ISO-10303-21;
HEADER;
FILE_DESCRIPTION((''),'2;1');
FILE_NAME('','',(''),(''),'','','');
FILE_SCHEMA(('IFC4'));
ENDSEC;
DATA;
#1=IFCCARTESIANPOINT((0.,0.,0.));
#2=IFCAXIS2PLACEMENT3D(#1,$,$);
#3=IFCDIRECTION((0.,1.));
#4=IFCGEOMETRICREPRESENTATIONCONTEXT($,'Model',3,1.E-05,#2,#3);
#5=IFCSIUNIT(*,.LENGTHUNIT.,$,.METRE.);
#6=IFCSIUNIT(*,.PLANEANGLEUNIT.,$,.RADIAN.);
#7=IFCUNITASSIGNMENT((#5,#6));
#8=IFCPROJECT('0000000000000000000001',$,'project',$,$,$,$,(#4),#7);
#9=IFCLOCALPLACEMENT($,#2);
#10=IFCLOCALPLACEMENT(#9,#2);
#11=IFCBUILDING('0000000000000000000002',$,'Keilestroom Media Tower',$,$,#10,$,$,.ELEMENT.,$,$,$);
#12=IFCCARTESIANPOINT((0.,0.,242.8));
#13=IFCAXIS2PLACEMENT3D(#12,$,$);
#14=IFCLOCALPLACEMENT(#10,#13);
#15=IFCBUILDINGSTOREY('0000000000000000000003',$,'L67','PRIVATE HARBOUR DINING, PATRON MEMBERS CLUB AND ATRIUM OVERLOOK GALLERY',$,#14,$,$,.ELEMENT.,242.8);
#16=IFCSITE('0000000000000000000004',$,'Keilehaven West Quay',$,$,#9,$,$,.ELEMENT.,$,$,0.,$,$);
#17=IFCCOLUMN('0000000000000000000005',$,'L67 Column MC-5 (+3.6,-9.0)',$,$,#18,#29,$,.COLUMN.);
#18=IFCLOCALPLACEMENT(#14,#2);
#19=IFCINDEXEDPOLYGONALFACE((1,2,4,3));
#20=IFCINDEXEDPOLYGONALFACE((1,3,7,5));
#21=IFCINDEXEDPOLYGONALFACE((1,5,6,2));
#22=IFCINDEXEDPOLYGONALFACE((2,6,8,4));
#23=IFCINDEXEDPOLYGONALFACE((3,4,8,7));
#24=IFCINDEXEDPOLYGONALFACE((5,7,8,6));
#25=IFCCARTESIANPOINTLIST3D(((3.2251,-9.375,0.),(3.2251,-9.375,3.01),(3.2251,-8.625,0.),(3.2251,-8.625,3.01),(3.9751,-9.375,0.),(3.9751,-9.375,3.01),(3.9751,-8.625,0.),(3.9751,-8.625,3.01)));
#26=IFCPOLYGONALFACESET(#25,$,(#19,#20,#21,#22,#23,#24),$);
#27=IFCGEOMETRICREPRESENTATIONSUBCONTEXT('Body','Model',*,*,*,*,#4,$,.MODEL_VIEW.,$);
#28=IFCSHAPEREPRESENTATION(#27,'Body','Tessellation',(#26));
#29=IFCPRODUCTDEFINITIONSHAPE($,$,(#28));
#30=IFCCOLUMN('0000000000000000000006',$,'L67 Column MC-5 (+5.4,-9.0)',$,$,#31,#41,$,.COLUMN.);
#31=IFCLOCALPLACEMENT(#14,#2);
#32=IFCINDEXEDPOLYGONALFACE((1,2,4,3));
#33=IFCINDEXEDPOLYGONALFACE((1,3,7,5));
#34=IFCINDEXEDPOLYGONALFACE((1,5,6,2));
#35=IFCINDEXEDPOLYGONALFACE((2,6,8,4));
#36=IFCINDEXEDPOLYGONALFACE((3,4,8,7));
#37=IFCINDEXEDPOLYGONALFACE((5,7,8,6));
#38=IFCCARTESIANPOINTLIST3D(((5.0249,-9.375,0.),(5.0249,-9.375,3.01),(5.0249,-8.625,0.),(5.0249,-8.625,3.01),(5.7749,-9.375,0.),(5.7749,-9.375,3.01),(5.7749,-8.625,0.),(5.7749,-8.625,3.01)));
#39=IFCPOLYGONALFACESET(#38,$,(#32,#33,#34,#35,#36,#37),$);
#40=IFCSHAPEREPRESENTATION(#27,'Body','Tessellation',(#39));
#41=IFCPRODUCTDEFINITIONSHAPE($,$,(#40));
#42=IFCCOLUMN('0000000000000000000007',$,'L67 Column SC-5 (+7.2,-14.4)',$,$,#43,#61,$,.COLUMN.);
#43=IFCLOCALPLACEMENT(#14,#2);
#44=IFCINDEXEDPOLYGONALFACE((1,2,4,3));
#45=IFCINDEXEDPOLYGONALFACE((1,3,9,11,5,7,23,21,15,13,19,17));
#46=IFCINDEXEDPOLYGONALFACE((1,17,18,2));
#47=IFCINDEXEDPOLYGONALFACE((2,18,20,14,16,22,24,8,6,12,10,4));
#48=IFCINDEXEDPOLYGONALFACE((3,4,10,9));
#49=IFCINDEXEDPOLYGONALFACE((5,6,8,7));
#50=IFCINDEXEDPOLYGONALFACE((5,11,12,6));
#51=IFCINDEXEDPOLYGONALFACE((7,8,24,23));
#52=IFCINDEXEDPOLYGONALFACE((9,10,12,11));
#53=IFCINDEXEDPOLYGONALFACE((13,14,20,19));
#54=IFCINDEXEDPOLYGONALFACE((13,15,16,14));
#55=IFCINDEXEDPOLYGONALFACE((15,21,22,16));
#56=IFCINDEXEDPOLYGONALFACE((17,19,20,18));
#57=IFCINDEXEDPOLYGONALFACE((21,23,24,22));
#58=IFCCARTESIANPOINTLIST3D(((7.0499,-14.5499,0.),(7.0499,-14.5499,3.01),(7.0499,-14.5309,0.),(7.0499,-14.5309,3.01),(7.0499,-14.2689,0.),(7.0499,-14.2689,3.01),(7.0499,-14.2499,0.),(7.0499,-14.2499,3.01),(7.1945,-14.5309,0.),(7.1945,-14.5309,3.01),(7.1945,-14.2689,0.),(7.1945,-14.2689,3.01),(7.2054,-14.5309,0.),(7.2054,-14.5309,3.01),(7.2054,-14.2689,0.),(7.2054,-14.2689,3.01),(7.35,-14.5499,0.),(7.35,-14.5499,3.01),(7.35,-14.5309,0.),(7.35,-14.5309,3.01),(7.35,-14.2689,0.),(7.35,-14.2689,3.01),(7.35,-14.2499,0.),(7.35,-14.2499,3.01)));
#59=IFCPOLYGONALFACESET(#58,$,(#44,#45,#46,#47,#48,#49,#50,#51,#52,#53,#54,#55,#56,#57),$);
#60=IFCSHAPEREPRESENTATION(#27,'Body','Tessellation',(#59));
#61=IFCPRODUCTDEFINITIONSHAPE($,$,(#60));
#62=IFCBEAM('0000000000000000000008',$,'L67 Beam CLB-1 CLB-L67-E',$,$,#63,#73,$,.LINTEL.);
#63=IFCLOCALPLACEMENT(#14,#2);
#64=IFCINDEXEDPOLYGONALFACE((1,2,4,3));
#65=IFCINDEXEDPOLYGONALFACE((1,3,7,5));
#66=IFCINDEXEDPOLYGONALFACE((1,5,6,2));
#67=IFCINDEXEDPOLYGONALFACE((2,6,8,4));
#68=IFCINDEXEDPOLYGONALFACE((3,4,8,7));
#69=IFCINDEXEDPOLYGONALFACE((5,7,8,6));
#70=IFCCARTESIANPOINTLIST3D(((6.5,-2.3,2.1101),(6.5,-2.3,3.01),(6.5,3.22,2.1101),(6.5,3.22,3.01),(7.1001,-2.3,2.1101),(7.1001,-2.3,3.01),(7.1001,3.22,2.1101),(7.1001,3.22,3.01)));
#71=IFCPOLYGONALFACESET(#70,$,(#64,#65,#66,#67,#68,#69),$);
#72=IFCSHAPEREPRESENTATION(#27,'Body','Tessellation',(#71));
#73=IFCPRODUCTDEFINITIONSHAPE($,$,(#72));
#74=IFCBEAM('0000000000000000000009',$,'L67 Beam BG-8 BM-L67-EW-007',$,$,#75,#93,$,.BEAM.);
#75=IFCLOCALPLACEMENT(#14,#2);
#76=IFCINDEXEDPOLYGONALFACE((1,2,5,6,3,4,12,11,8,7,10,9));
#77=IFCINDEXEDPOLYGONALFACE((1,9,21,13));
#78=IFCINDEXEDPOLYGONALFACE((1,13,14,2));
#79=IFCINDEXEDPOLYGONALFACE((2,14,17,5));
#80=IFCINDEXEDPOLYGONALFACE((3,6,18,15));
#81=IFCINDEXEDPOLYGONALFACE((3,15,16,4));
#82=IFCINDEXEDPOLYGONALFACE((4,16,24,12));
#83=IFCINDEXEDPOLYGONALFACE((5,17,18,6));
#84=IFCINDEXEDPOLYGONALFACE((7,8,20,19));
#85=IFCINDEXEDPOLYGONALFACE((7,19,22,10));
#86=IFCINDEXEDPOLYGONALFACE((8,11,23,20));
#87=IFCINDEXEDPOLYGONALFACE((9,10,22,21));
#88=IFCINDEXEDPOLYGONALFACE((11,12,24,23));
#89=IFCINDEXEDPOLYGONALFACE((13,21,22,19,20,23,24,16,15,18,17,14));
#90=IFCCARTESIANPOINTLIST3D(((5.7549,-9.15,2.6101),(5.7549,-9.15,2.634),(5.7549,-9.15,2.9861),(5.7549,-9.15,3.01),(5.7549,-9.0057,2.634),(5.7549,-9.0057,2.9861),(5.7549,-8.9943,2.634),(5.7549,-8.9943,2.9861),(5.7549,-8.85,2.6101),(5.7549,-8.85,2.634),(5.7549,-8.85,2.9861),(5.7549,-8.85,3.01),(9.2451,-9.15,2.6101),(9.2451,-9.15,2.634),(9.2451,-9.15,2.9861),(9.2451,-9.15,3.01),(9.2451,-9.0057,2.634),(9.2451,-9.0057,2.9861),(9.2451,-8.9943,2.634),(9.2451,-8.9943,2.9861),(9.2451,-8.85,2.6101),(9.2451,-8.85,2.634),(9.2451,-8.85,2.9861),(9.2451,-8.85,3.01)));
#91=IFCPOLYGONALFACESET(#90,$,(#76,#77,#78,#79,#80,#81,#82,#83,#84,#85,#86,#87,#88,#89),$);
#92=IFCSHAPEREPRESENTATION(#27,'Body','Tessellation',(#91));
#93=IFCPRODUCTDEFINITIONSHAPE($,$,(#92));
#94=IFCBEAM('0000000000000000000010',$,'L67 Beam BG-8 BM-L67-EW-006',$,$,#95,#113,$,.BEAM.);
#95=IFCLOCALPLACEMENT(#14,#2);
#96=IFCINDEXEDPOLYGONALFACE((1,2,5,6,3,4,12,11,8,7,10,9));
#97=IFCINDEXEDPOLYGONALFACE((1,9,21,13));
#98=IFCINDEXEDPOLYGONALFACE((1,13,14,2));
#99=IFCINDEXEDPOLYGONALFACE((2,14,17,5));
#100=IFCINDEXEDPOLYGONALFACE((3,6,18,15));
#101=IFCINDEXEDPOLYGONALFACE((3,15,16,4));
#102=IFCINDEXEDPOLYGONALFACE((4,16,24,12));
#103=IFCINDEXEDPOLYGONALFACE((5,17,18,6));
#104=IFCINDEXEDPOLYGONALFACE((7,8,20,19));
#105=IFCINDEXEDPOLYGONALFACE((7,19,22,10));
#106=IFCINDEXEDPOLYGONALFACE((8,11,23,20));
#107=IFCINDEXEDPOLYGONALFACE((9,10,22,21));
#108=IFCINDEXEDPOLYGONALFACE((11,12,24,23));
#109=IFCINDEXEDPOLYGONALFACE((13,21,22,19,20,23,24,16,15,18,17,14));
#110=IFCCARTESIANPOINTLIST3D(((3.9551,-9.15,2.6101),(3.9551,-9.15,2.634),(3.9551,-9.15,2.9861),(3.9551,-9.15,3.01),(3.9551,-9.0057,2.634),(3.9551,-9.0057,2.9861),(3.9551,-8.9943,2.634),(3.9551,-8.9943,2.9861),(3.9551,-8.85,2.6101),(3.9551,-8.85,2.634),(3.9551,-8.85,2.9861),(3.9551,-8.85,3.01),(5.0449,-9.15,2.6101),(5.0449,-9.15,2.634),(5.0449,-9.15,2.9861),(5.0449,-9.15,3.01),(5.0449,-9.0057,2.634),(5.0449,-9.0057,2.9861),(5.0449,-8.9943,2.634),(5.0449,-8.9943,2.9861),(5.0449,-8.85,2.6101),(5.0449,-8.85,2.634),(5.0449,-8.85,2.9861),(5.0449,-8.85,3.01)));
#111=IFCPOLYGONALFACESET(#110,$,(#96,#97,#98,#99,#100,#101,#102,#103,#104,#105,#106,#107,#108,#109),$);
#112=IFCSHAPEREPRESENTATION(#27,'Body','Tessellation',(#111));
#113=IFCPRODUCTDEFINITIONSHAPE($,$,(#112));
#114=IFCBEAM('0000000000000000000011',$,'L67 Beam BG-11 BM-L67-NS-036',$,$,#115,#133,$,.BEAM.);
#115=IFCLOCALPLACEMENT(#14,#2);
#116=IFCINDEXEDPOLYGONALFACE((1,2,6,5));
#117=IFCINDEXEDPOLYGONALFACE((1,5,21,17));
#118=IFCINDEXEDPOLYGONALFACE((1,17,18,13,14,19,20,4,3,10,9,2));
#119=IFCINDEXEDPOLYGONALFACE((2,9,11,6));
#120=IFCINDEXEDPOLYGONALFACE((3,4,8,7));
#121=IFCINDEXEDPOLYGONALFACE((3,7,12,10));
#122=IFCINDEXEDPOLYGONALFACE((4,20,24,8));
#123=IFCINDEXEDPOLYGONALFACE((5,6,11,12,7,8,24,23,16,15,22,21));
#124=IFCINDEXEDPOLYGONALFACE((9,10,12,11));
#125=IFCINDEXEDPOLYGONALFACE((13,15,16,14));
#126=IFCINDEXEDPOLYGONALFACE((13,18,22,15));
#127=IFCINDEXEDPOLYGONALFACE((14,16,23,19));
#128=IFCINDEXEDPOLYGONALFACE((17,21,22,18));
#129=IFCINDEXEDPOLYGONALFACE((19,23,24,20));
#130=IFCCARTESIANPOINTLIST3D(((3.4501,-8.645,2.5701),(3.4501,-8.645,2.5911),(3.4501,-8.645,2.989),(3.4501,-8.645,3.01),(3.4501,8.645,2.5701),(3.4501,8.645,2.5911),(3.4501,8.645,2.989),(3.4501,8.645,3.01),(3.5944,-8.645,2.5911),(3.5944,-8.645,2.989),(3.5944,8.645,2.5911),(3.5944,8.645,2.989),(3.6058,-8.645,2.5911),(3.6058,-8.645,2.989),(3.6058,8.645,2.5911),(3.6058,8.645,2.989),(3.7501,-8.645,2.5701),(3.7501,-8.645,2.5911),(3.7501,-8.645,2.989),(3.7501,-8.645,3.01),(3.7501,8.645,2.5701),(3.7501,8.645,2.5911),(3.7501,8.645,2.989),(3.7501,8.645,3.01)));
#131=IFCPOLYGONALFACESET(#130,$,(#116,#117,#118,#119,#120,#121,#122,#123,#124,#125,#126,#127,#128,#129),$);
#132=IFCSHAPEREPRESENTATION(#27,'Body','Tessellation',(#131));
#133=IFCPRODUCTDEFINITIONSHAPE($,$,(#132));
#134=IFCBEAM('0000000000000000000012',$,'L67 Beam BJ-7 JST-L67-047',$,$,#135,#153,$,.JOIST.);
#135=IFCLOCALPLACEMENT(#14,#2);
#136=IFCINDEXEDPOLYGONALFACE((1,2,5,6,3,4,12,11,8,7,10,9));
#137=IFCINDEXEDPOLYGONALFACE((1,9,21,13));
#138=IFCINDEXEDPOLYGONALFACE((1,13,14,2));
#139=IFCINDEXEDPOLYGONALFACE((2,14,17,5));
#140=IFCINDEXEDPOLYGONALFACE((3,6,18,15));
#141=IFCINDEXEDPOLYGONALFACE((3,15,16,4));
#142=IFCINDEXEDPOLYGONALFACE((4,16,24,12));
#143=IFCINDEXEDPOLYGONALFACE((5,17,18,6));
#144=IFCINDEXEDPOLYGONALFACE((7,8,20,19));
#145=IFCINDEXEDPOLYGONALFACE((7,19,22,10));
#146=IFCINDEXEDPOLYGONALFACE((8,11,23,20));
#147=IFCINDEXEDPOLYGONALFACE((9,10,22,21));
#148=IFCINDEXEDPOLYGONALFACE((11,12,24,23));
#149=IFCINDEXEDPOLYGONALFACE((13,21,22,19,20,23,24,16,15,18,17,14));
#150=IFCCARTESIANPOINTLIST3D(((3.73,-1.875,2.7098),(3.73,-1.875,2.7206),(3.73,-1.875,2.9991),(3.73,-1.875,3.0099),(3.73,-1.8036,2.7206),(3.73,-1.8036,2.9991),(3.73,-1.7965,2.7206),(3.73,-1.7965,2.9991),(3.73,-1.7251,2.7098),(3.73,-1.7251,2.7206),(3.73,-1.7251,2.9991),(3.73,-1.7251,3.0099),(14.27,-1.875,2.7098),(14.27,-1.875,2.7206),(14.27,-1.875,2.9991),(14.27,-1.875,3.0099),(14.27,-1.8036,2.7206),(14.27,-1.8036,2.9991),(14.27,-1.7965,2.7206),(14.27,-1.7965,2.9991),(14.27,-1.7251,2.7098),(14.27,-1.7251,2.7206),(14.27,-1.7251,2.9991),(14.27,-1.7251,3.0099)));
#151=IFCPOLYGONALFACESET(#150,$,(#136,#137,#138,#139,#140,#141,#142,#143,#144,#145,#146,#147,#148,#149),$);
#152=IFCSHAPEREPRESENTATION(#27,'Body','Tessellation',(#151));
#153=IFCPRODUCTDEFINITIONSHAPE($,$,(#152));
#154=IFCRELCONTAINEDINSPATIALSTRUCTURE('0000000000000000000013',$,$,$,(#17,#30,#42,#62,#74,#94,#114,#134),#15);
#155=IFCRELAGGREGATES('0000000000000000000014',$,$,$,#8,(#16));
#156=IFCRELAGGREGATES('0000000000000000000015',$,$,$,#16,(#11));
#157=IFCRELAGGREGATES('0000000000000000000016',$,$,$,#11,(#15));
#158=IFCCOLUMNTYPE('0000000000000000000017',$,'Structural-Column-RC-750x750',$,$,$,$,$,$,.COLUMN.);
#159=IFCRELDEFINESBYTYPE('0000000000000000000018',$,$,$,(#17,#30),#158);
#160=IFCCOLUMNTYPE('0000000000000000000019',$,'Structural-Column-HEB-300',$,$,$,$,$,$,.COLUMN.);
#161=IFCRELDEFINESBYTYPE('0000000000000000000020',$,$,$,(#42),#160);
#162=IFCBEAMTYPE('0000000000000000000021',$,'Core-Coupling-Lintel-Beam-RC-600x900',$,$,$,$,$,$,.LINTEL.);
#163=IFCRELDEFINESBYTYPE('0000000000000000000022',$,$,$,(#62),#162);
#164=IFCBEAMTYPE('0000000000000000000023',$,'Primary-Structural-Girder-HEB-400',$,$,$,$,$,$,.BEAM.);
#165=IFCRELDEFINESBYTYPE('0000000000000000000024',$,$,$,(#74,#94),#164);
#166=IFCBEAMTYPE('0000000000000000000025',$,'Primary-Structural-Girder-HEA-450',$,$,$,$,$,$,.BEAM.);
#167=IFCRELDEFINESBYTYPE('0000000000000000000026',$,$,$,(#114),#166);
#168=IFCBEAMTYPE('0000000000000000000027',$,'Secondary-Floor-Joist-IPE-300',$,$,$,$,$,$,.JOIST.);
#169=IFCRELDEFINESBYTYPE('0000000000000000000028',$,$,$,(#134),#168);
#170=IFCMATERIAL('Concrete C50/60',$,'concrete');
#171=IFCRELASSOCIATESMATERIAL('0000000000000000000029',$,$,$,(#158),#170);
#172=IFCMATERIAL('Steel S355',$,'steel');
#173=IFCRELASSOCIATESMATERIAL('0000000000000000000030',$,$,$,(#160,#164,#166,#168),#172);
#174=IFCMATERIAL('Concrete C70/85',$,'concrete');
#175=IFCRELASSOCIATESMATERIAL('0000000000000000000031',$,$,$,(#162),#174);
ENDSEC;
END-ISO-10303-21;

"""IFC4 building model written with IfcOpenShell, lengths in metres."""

from ifc_helpers import new_model, si_unit, direction, frame, origin, origin_2d, place, context, subcontext, project, spatial, rectangle, i_section, extrude, source, transform, mapped, material, material_profile, profile_set, type_object, element, save


model = new_model("IFC4")

# Units and contexts
model_context = context("Model", 3, precision=1e-05, world=origin(), true_north=direction((0.0, 1.0)))
body_context = subcontext(model_context, "Body", "Model", "MODEL_VIEW")
ifc_project = project(units=[si_unit("LENGTHUNIT", "METRE"), si_unit("PLANEANGLEUNIT", "RADIAN")], contexts=[model_context])

# Site, building, storey
site_placement = place(None, origin())
site = spatial("IfcSite", under=ifc_project, at=site_placement, Name="Keilehaven West Quay", CompositionType="ELEMENT", RefElevation=0.0)
building_placement = place(site_placement, origin())
building = spatial("IfcBuilding", under=site, at=building_placement, Name="Keilestroom Media Tower", CompositionType="ELEMENT")
storey_placement = place(building_placement, frame((0.0, 0.0, 242.8)))
storey = spatial("IfcBuildingStorey", under=building, at=storey_placement, Name="L67", Description="PRIVATE HARBOUR DINING, PATRON MEMBERS CLUB AND ATRIUM OVERLOOK GALLERY", CompositionType="ELEMENT", Elevation=242.8)

# Columns
ifc_material_1 = material(Name="Concrete C50/60", Category="concrete")
ifc_material_profile_1 = material_profile(ifc_material_1, rectangle(XDim=0.75, YDim=0.75, at=origin_2d()), Name="RC 750x750")
ifc_profile_set_1 = profile_set([ifc_material_profile_1], Name="Concrete C50/60")
column_type_1 = type_object("IfcColumnType", Name="Structural-Column-RC-750x750", PredefinedType="COLUMN", material=ifc_profile_set_1)
shared_shape_1 = source(origin(), body_context, "Body", "SweptSolid", [
    extrude(rectangle(XDim=0.75, YDim=0.75, at=origin_2d()), origin(), (0.0, 0.0, 1.0), 3.01),
])
for number, where, z_axis, x_axis, name in (
    (1, (3.6001, -9.0, 0.0), (0.0, 0.0, 1.0), (1.0, 0.0, 0.0), "L67 Column MC-5 (+3.6,-9.0)"),
    (2, (5.3999, -9.0, 0.0), (0.0, 0.0, 1.0), (1.0, 0.0, 0.0), "L67 Column MC-5 (+5.4,-9.0)"),
):
    element("IfcColumn", number, at=place(storey_placement, frame(where, z_axis=z_axis, x_axis=x_axis)), inside=storey, type_object=column_type_1, Name=name, PredefinedType="COLUMN", context=body_context, shape_type="MappedRepresentation", body=[
        mapped(shared_shape_1, transform((0.0, 0.0, 0.0), x_axis=(1.0, 0.0, 0.0), y_axis=(0.0, 1.0, 0.0), z_axis=(0.0, 0.0, 1.0), scale=1.0)),
    ])
ifc_material_2 = material(Name="Steel S355", Category="steel")
ifc_material_profile_2 = material_profile(ifc_material_2, i_section(OverallWidth=0.3, OverallDepth=0.3, WebThickness=0.011, FlangeThickness=0.019, at=origin_2d()), Name="HEB 300")
ifc_profile_set_2 = profile_set([ifc_material_profile_2], Name="Steel S355")
column_type_2 = type_object("IfcColumnType", Name="Structural-Column-HEB-300", PredefinedType="COLUMN", material=ifc_profile_set_2)
shared_shape_2 = source(origin(), body_context, "Body", "SweptSolid", [
    extrude(i_section(OverallWidth=0.3, OverallDepth=0.3, WebThickness=0.011, FlangeThickness=0.019, at=origin_2d()), origin(), (0.0, 0.0, 1.0), 3.01),
])
column_placement = place(storey_placement, frame((7.2, -14.3999, 0.0), z_axis=(0.0, 0.0, 1.0), x_axis=(1.0, 0.0, 0.0)))
element("IfcColumn", 3, at=column_placement, inside=storey, type_object=column_type_2, Name="L67 Column SC-5 (+7.2,-14.4)", PredefinedType="COLUMN", context=body_context, shape_type="MappedRepresentation", body=[
    mapped(shared_shape_2, transform((0.0, 0.0, 0.0), x_axis=(1.0, 0.0, 0.0), y_axis=(0.0, 1.0, 0.0), z_axis=(0.0, 0.0, 1.0), scale=1.0)),
])

# Beams
ifc_material_3 = material(Name="Concrete C70/85", Category="concrete")
ifc_material_profile_3 = material_profile(ifc_material_3, rectangle(XDim=0.6001, YDim=0.8999, at=origin_2d()), Name="RC 600x900")
ifc_profile_set_3 = profile_set([ifc_material_profile_3], Name="Concrete C70/85")
beam_type_1 = type_object("IfcBeamType", Name="Core-Coupling-Lintel-Beam-RC-600x900", PredefinedType="LINTEL", material=ifc_profile_set_3)
shared_shape_3 = source(origin(), body_context, "Body", "SweptSolid", [
    extrude(rectangle(XDim=0.6001, YDim=0.8999, at=origin_2d()), origin(), (0.0, 0.0, 1.0), 5.52),
])
beam_1_placement = place(storey_placement, frame((6.8, -2.3, 2.5601), z_axis=(0.0, 1.0, 0.0), x_axis=(-1.0, 0.0, 0.0)))
element("IfcBeam", 4, at=beam_1_placement, inside=storey, type_object=beam_type_1, Name="L67 Beam CLB-1 CLB-L67-E", PredefinedType="LINTEL", context=body_context, shape_type="MappedRepresentation", body=[
    mapped(shared_shape_3, transform((0.0, 0.0, 0.0), x_axis=(1.0, 0.0, 0.0), y_axis=(0.0, 1.0, 0.0), z_axis=(0.0, 0.0, 1.0), scale=1.0)),
])
ifc_material_profile_4 = material_profile(ifc_material_2, i_section(OverallWidth=0.3, OverallDepth=0.3999, WebThickness=0.0115, FlangeThickness=0.0239, at=origin_2d()), Name="HEB 400")
ifc_profile_set_4 = profile_set([ifc_material_profile_4], Name="Steel S355")
beam_type_2 = type_object("IfcBeamType", Name="Primary-Structural-Girder-HEB-400", PredefinedType="BEAM", material=ifc_profile_set_4)
shared_shape_4 = source(origin(), body_context, "Body", "SweptSolid", [
    extrude(i_section(OverallWidth=0.3, OverallDepth=0.3999, WebThickness=0.0115, FlangeThickness=0.0239, at=origin_2d()), origin(), (0.0, 0.0, 1.0), 3.4902),
])
beam_2_placement = place(storey_placement, frame((5.7549, -9.0, 2.8101), z_axis=(1.0, 0.0, 0.0), x_axis=(0.0, 1.0, 0.0)))
element("IfcBeam", 5, at=beam_2_placement, inside=storey, type_object=beam_type_2, Name="L67 Beam BG-8 BM-L67-EW-007", PredefinedType="BEAM", context=body_context, shape_type="MappedRepresentation", body=[
    mapped(shared_shape_4, transform((0.0, 0.0, 0.0), x_axis=(1.0, 0.0, 0.0), y_axis=(0.0, 1.0, 0.0), z_axis=(0.0, 0.0, 1.0), scale=1.0)),
])
shared_shape_5 = source(origin(), body_context, "Body", "SweptSolid", [
    extrude(i_section(OverallWidth=0.3, OverallDepth=0.3999, WebThickness=0.0115, FlangeThickness=0.0239, at=origin_2d()), origin(), (0.0, 0.0, 1.0), 1.0898),
])
beam_3_placement = place(storey_placement, frame((3.9551, -9.0, 2.8101), z_axis=(1.0, 0.0, 0.0), x_axis=(0.0, 1.0, 0.0)))
element("IfcBeam", 6, at=beam_3_placement, inside=storey, type_object=beam_type_2, Name="L67 Beam BG-8 BM-L67-EW-006", PredefinedType="BEAM", context=body_context, shape_type="MappedRepresentation", body=[
    mapped(shared_shape_5, transform((0.0, 0.0, 0.0), x_axis=(1.0, 0.0, 0.0), y_axis=(0.0, 1.0, 0.0), z_axis=(0.0, 0.0, 1.0), scale=1.0)),
])
ifc_material_profile_5 = material_profile(ifc_material_2, i_section(OverallWidth=0.3, OverallDepth=0.4399, WebThickness=0.0115, FlangeThickness=0.021, at=origin_2d()), Name="HEA 450")
ifc_profile_set_5 = profile_set([ifc_material_profile_5], Name="Steel S355")
beam_type_3 = type_object("IfcBeamType", Name="Primary-Structural-Girder-HEA-450", PredefinedType="BEAM", material=ifc_profile_set_5)
shared_shape_6 = source(origin(), body_context, "Body", "SweptSolid", [
    extrude(i_section(OverallWidth=0.3, OverallDepth=0.4399, WebThickness=0.0115, FlangeThickness=0.021, at=origin_2d()), origin(), (0.0, 0.0, 1.0), 17.29),
])
beam_4_placement = place(storey_placement, frame((3.6001, -8.645, 2.79), z_axis=(0.0, 1.0, 0.0), x_axis=(-1.0, 0.0, 0.0)))
element("IfcBeam", 7, at=beam_4_placement, inside=storey, type_object=beam_type_3, Name="L67 Beam BG-11 BM-L67-NS-036", PredefinedType="BEAM", context=body_context, shape_type="MappedRepresentation", body=[
    mapped(shared_shape_6, transform((0.0, 0.0, 0.0), x_axis=(1.0, 0.0, 0.0), y_axis=(0.0, 1.0, 0.0), z_axis=(0.0, 0.0, 1.0), scale=1.0)),
])
ifc_material_profile_6 = material_profile(ifc_material_2, i_section(OverallWidth=0.1499, OverallDepth=0.3, WebThickness=0.0071, FlangeThickness=0.0107, at=origin_2d()), Name="IPE 300")
ifc_profile_set_6 = profile_set([ifc_material_profile_6], Name="Steel S355")
beam_type_4 = type_object("IfcBeamType", Name="Secondary-Floor-Joist-IPE-300", PredefinedType="JOIST", material=ifc_profile_set_6)
shared_shape_7 = source(origin(), body_context, "Body", "SweptSolid", [
    extrude(i_section(OverallWidth=0.1499, OverallDepth=0.3, WebThickness=0.0071, FlangeThickness=0.0107, at=origin_2d()), origin(), (0.0, 0.0, 1.0), 10.54),
])
beam_5_placement = place(storey_placement, frame((3.73, -1.8, 2.8599), z_axis=(1.0, 0.0, 0.0), x_axis=(0.0, 1.0, 0.0)))
element("IfcBeam", 8, at=beam_5_placement, inside=storey, type_object=beam_type_4, Name="L67 Beam BJ-7 JST-L67-047", PredefinedType="JOIST", context=body_context, shape_type="MappedRepresentation", body=[
    mapped(shared_shape_7, transform((0.0, 0.0, 0.0), x_axis=(1.0, 0.0, 0.0), y_axis=(0.0, 1.0, 0.0), z_axis=(0.0, 0.0, 1.0), scale=1.0)),
])

save(model, "model.ifc")
